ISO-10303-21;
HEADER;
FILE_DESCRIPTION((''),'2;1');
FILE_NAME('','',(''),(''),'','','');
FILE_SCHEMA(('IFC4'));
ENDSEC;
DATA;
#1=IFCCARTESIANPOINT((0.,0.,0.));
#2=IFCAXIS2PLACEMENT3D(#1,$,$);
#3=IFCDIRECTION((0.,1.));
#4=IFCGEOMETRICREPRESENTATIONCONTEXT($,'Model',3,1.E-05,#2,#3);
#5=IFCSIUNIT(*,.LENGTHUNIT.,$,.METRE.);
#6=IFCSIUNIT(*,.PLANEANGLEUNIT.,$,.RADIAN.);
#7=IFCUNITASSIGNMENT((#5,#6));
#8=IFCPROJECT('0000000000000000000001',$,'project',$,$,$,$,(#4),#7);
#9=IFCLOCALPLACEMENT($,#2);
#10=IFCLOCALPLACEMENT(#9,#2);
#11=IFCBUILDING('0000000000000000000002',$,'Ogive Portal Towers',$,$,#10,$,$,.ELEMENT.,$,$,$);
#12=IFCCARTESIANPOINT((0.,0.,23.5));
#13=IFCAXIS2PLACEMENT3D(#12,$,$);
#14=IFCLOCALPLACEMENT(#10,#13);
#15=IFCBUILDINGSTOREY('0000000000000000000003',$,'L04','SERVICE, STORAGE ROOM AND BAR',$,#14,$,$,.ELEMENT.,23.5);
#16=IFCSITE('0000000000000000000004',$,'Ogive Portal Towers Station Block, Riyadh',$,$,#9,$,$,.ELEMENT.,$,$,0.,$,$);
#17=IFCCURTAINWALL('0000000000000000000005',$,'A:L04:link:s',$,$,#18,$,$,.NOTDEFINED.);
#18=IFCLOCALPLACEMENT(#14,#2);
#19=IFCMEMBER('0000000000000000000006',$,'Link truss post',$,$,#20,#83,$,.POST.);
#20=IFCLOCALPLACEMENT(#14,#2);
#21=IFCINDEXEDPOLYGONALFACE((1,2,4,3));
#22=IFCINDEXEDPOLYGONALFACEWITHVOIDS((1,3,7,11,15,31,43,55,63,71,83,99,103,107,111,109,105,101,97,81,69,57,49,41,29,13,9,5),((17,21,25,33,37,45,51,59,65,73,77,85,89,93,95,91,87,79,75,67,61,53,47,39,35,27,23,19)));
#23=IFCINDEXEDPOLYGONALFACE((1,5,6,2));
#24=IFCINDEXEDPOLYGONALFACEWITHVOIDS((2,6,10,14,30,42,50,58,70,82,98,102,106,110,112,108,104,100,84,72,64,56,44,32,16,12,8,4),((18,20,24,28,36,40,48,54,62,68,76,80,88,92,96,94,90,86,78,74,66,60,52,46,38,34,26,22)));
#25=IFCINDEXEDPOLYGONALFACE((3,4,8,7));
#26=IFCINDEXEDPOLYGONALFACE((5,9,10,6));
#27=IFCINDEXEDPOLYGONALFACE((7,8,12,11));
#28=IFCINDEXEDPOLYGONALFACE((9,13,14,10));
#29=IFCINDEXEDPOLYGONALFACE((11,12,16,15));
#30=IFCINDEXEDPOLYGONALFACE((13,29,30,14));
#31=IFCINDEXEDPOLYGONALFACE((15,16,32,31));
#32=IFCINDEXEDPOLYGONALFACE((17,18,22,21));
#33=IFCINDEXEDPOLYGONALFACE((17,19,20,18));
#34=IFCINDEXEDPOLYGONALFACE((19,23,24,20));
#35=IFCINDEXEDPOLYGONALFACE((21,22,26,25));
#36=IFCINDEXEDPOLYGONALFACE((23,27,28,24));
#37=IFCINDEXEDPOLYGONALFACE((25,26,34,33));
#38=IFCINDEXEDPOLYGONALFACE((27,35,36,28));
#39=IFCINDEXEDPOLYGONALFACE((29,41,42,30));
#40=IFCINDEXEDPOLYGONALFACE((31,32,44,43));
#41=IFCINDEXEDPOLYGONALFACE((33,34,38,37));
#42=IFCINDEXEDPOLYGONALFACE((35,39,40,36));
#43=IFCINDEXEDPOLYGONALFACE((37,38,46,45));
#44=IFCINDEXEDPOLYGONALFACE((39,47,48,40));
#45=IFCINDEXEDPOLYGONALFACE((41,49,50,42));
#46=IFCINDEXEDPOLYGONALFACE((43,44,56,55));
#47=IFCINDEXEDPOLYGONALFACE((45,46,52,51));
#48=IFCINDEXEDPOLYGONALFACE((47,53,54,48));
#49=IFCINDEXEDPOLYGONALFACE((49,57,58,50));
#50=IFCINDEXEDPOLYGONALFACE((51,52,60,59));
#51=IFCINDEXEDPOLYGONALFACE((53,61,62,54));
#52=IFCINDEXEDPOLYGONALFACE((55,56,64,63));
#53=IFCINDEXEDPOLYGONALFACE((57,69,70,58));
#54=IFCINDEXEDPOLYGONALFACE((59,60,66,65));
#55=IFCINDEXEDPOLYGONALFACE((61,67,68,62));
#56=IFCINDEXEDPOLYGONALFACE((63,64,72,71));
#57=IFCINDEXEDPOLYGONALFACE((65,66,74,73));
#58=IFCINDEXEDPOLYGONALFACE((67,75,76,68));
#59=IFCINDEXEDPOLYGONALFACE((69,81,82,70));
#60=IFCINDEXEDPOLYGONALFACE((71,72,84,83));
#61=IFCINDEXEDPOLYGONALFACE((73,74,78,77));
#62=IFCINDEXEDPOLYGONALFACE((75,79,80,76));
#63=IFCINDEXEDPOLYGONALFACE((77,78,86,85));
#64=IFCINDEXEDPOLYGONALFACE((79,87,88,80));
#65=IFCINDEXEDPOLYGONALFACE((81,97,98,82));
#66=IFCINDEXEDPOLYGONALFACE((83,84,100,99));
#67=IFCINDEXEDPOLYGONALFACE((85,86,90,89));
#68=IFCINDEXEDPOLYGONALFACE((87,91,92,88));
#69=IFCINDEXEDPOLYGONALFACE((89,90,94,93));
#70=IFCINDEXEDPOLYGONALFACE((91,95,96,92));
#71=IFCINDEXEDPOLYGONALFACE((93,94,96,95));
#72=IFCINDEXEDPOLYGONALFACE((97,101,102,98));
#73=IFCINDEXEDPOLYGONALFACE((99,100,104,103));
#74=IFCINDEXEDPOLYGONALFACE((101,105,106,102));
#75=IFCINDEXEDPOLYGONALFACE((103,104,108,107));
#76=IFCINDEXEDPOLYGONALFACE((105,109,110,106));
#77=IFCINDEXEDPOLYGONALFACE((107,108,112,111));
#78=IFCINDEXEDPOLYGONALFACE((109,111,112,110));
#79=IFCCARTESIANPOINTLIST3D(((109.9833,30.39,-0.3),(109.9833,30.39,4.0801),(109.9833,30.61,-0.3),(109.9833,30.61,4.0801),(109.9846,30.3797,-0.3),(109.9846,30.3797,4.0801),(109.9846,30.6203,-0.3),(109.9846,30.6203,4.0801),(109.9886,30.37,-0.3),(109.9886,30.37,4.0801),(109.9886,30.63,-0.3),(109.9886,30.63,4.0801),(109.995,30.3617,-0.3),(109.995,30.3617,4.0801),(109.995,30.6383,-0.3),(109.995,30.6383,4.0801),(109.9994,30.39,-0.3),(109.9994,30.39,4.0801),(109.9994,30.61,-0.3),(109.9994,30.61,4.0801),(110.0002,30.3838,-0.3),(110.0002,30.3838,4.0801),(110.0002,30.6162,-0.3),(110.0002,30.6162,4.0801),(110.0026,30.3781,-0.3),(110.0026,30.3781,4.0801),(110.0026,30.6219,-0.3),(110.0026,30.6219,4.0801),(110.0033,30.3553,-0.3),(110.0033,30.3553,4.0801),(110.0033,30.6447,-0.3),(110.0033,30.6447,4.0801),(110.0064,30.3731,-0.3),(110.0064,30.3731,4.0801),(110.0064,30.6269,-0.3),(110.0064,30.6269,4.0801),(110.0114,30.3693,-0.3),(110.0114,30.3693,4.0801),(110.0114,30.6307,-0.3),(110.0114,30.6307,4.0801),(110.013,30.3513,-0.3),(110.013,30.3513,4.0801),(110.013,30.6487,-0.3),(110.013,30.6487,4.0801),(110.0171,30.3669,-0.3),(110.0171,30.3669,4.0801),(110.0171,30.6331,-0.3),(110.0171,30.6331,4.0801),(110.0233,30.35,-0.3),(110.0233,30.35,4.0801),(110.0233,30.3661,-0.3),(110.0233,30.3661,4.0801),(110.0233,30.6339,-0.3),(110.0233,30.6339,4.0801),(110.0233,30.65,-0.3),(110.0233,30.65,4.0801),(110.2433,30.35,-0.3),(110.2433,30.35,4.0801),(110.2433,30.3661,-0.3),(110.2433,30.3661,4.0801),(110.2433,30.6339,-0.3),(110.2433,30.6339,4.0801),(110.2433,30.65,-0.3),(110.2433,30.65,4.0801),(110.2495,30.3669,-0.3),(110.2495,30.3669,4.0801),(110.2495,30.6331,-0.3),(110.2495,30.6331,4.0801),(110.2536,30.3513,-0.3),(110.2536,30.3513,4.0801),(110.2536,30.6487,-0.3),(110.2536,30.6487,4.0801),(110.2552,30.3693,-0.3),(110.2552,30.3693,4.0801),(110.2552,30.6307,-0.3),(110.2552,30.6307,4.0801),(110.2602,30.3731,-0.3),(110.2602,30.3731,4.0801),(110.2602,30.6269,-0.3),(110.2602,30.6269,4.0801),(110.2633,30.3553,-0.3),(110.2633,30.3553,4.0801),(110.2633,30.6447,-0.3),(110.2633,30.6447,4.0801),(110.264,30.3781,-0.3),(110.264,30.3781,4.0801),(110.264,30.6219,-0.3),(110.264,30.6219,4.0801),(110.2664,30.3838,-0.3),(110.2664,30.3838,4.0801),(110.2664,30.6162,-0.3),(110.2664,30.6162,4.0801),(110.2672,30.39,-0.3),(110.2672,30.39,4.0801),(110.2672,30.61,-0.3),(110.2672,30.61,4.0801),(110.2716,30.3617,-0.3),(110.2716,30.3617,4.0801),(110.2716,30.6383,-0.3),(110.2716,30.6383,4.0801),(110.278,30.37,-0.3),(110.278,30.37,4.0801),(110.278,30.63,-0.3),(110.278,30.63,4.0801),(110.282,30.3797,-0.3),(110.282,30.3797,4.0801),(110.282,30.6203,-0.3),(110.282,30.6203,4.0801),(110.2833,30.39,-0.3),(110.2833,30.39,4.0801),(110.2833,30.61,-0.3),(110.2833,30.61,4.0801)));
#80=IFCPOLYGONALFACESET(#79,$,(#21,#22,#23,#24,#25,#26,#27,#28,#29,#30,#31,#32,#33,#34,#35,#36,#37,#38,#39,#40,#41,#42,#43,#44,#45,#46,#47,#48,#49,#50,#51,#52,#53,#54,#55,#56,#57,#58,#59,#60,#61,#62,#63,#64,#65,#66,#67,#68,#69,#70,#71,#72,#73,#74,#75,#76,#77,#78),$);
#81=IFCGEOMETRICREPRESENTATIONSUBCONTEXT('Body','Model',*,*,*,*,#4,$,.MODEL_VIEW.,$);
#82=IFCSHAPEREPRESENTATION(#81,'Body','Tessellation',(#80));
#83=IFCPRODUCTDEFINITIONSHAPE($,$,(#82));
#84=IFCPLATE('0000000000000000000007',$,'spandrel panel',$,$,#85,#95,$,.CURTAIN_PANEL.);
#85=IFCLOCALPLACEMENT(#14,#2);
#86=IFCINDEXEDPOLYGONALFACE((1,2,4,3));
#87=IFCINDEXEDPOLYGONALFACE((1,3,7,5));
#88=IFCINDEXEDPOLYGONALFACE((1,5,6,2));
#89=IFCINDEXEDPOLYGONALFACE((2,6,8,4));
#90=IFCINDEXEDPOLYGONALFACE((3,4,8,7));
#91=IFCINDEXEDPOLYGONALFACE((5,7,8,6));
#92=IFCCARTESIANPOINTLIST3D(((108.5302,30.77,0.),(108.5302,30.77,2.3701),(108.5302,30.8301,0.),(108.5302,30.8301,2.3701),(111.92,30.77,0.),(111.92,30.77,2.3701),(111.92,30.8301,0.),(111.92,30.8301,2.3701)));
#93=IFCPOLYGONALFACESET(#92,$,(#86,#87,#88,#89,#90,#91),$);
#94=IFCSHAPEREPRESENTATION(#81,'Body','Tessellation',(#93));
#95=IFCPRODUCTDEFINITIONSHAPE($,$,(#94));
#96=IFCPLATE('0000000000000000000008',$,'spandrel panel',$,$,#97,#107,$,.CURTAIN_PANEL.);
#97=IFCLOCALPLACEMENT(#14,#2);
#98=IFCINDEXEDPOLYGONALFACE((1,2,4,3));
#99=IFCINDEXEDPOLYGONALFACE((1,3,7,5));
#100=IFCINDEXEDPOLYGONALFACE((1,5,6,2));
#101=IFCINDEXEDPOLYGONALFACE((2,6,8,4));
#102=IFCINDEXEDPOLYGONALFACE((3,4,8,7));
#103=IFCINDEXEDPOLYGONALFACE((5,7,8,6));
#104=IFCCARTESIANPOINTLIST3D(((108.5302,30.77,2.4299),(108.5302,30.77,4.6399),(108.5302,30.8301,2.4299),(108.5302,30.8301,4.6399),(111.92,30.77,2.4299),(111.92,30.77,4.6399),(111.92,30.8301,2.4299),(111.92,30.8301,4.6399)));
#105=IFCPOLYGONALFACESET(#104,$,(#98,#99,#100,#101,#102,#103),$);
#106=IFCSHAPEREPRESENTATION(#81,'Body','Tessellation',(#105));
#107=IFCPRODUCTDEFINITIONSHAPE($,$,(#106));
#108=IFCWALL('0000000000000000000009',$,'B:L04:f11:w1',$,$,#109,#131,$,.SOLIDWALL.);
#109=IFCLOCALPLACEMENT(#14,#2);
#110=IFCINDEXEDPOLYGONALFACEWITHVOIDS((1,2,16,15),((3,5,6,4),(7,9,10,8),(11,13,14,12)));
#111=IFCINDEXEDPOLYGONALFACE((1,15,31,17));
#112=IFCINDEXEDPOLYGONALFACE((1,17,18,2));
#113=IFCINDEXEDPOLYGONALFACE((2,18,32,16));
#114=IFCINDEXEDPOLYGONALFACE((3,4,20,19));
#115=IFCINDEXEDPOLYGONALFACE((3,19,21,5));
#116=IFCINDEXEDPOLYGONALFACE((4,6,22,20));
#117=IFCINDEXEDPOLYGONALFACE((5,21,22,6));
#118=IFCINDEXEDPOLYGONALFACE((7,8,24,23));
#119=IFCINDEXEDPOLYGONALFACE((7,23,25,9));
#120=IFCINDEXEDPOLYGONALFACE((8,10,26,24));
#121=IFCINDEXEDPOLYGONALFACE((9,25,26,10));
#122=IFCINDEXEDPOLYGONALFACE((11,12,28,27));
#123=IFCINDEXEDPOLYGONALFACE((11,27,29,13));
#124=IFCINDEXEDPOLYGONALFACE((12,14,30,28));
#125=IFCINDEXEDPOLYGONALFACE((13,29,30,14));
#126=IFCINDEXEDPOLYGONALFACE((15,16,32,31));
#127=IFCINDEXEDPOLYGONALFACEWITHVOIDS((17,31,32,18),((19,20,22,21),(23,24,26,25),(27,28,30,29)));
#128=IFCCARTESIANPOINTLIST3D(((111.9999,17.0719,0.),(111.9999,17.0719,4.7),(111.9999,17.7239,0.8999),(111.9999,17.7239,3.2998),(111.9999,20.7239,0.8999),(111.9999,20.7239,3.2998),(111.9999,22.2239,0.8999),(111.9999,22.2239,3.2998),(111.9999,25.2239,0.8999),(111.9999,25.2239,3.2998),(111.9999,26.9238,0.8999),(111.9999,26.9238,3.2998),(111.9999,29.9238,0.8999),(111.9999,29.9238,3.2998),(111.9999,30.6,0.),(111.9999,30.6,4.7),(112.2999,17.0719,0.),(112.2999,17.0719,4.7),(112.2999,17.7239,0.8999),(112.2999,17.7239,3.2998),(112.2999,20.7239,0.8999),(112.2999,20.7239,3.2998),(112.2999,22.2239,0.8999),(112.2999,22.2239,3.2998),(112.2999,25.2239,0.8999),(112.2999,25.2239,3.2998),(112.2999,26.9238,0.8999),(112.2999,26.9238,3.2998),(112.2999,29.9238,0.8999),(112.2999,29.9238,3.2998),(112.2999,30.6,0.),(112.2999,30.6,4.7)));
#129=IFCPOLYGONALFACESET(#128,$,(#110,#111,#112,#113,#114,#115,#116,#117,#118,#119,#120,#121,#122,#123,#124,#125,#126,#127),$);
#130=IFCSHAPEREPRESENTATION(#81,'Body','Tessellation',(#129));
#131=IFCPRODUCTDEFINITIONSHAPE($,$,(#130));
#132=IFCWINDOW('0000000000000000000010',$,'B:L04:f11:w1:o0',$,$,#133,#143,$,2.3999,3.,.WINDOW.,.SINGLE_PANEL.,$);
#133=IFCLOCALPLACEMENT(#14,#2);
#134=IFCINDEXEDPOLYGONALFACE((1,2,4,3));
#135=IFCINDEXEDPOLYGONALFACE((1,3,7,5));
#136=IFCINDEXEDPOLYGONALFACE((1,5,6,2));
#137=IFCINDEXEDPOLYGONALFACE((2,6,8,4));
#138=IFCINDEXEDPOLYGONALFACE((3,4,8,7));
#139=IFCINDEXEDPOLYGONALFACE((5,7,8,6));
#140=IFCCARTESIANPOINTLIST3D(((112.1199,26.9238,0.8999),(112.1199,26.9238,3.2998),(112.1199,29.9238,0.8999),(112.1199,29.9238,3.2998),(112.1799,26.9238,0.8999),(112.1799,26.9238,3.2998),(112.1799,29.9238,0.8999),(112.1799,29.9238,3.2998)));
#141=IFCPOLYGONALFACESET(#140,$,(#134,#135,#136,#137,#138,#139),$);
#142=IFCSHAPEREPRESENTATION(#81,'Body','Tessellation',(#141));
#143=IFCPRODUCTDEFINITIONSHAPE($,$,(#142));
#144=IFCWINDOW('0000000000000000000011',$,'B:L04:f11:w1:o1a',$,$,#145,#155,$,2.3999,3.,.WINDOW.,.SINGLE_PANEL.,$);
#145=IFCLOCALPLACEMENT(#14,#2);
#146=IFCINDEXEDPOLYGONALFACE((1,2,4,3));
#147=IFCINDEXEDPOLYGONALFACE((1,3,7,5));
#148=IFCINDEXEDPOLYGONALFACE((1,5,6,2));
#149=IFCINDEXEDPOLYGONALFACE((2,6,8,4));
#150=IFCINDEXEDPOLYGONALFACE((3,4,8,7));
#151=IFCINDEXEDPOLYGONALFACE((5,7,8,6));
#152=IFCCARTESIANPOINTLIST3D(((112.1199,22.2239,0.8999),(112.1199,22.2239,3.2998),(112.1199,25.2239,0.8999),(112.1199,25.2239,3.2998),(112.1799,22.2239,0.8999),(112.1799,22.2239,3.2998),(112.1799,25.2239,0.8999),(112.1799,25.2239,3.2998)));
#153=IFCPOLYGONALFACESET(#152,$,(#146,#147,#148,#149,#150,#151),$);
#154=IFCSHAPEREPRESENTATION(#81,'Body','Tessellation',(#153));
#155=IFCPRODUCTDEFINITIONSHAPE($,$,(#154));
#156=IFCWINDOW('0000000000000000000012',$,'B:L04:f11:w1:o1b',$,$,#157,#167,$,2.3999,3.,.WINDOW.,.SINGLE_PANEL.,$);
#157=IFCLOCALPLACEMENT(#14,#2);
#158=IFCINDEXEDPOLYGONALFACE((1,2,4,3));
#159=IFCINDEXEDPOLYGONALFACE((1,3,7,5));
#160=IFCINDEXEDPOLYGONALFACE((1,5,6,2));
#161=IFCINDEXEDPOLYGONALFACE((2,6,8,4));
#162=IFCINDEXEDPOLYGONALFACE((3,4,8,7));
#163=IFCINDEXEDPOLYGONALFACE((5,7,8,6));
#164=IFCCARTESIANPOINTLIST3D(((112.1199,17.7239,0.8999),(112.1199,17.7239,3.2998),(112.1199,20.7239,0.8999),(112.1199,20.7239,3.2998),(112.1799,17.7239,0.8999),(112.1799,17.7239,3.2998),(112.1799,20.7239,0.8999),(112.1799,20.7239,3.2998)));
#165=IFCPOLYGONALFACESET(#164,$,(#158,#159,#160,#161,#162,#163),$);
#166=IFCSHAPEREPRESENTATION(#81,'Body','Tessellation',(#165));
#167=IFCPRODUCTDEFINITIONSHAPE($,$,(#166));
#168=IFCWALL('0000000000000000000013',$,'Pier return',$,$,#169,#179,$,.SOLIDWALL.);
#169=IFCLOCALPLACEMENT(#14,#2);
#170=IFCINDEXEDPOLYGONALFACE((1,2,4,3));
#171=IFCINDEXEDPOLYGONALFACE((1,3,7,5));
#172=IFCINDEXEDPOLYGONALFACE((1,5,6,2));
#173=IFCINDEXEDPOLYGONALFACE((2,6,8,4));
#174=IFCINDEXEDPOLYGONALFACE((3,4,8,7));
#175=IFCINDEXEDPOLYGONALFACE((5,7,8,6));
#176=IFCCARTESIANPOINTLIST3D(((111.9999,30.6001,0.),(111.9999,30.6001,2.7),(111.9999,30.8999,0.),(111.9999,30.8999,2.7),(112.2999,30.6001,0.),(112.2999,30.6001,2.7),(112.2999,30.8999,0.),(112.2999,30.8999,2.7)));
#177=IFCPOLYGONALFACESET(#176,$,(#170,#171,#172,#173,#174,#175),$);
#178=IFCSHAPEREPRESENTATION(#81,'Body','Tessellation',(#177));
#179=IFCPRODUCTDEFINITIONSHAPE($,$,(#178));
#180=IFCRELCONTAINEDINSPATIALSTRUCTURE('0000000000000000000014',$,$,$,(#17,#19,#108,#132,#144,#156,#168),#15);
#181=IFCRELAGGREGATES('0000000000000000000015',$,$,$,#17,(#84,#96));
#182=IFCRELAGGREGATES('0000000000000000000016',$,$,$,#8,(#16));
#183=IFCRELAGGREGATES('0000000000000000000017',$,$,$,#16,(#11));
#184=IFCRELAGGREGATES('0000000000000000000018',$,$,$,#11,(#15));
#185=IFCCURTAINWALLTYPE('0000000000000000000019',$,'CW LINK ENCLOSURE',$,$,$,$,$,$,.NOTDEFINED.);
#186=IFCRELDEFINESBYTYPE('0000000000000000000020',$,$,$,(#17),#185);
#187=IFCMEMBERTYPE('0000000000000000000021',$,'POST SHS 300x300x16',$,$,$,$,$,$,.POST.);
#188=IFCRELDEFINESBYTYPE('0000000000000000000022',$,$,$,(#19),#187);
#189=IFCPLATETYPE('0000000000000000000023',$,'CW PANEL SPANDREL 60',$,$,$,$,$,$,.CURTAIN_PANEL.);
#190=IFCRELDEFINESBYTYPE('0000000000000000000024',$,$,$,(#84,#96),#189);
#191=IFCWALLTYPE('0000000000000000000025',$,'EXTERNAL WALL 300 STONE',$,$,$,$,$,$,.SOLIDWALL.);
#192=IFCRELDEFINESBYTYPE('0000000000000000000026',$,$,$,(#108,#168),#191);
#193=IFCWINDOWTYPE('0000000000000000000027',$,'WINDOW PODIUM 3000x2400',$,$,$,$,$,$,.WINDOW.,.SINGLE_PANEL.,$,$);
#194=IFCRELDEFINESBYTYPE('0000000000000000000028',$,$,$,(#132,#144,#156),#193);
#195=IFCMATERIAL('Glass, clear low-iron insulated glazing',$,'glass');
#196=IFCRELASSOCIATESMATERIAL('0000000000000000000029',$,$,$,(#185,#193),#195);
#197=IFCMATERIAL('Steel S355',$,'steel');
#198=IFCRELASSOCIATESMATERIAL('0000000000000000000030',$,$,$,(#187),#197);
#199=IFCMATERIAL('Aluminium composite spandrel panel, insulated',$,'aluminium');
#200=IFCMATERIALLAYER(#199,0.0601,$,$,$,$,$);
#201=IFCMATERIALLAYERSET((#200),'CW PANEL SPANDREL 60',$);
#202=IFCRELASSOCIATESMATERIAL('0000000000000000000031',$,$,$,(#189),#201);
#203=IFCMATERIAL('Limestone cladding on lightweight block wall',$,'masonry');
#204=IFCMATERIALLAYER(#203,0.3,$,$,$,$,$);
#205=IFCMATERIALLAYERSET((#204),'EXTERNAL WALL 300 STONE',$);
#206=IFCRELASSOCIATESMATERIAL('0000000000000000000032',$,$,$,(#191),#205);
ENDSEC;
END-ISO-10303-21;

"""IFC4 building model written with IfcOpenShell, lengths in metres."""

from ifc_helpers import new_model, si_unit, direction, frame, frame_2d, origin, origin_2d, place, context, subcontext, project, spatial, rectangle, hollow_rectangle, extrude, material, layer, layer_set, material_profile, profile_set, type_object, element, fill, aggregate, save


model = new_model("IFC4")

# Units and contexts
model_context = context("Model", 3, precision=1e-05, world=origin(), true_north=direction((0.0, 1.0)))
body_context = subcontext(model_context, "Body", "Model", "MODEL_VIEW")
ifc_project = project(units=[si_unit("LENGTHUNIT", "METRE"), si_unit("PLANEANGLEUNIT", "RADIAN")], contexts=[model_context])

# Site, building, storey
site_placement = place(None, origin())
site = spatial("IfcSite", under=ifc_project, at=site_placement, Name="Ogive Portal Towers Station Block, Riyadh", CompositionType="ELEMENT", RefElevation=0.0)
building_placement = place(site_placement, origin())
building = spatial("IfcBuilding", under=site, at=building_placement, Name="Ogive Portal Towers", CompositionType="ELEMENT")
storey_placement = place(building_placement, frame((0.0, 0.0, 23.5)))
storey = spatial("IfcBuildingStorey", under=building, at=storey_placement, Name="L04", Description="SERVICE, STORAGE ROOM AND BAR", CompositionType="ELEMENT", Elevation=23.5)

# Shared definitions
ifc_material_1 = material(Name="Steel S355", Category="steel")

# Curtain wall
ifc_material_2 = material(Name="Glass, clear low-iron insulated glazing", Category="glass")
curtain_wall_type = type_object("IfcCurtainWallType", Name="CW LINK ENCLOSURE", PredefinedType="NOTDEFINED", material=ifc_material_2)
curtain_wall_placement = place(storey_placement, origin())
curtain_wall = element("IfcCurtainWall", 1, at=curtain_wall_placement, inside=storey, type_object=curtain_wall_type, Name="A:L04:link:s", PredefinedType="NOTDEFINED")

# Member
ifc_material_profile_1 = material_profile(ifc_material_1, hollow_rectangle(XDim=0.3, YDim=0.3, WallThickness=0.0161, InnerFilletRadius=0.0239, OuterFilletRadius=0.04, at=origin_2d()), Name="SHS 300x300x16")
ifc_profile_set_1 = profile_set([ifc_material_profile_1], Name="Steel S355")
member_type_1 = type_object("IfcMemberType", Name="POST SHS 300x300x16", PredefinedType="POST", material=ifc_profile_set_1)
member_1_placement = place(storey_placement, frame((110.1333, 30.5, -0.3), z_axis=(0.0, 0.0, 1.0), x_axis=(1.0, 0.0, 0.0)))
element("IfcMember", 2, at=member_1_placement, inside=storey, type_object=member_type_1, Name="Link truss post", PredefinedType="POST", context=body_context, shape_type="SweptSolid", body=[
    extrude(hollow_rectangle(XDim=0.3, YDim=0.3, WallThickness=0.0161, InnerFilletRadius=0.0239, OuterFilletRadius=0.04, at=origin_2d()), origin(), (0.0, 0.0, 1.0), 4.3801),
])

# Plates
ifc_material_3 = material(Name="Aluminium composite spandrel panel, insulated", Category="aluminium")
ifc_layer_1 = layer(ifc_material_3, 0.0601)
ifc_layer_set_1 = layer_set([ifc_layer_1], Name="CW PANEL SPANDREL 60")
plate_type = type_object("IfcPlateType", Name="CW PANEL SPANDREL 60", PredefinedType="CURTAIN_PANEL", material=ifc_layer_set_1)
plate_1_placement = place(storey_placement, frame((110.2251, 30.8, 0.0), z_axis=(0.0, 0.0, 1.0), x_axis=(1.0, 0.0, 0.0)))
plate_1 = element("IfcPlate", 3, at=plate_1_placement, type_object=plate_type, Name="spandrel panel", PredefinedType="CURTAIN_PANEL", context=body_context, shape_type="SweptSolid", body=[
    extrude(rectangle(XDim=3.3899, YDim=0.0601, at=origin_2d()), origin(), (0.0, 0.0, 1.0), 2.3701),
])
plate_2_placement = place(storey_placement, frame((110.2251, 30.8, 2.4299), z_axis=(0.0, 0.0, 1.0), x_axis=(1.0, 0.0, 0.0)))
plate_2 = element("IfcPlate", 4, at=plate_2_placement, type_object=plate_type, Name="spandrel panel", PredefinedType="CURTAIN_PANEL", context=body_context, shape_type="SweptSolid", body=[
    extrude(rectangle(XDim=3.3899, YDim=0.0601, at=origin_2d()), origin(), (0.0, 0.0, 1.0), 2.21),
])
aggregate(curtain_wall, [plate_1, plate_2])

# Wall, openings, windows
ifc_material_4 = material(Name="Limestone cladding on lightweight block wall", Category="masonry")
ifc_layer_2 = layer(ifc_material_4, 0.3)
ifc_layer_set_2 = layer_set([ifc_layer_2], Name="EXTERNAL WALL 300 STONE")
wall_type_1 = type_object("IfcWallType", Name="EXTERNAL WALL 300 STONE", PredefinedType="SOLIDWALL", material=ifc_layer_set_2)
wall_1_placement = place(storey_placement, frame((112.1499, 30.6001, 0.0), z_axis=(0.0, 0.0, 1.0), x_axis=(0.0, -1.0, 0.0)))
wall_1 = element("IfcWall", 5, at=wall_1_placement, inside=storey, type_object=wall_type_1, Name="B:L04:f11:w1", PredefinedType="SOLIDWALL", context=body_context, shape_type="SweptSolid", body=[
    extrude(rectangle(XDim=13.5281, YDim=0.3, at=frame_2d((6.7642, 0.0))), origin(), (0.0, 0.0, 1.0), 4.7),
])
opening_1_placement = place(wall_1_placement, frame((0.6763, 0.0, 0.8999)))
opening_1 = element("IfcOpeningElement", 6, at=opening_1_placement, cuts=wall_1, PredefinedType="OPENING", context=body_context, shape_type="SweptSolid", body=[
    extrude(rectangle(XDim=3.0, YDim=2.3999, at=frame_2d((1.5, 1.2))), frame((0.0, 0.1602, 0.0), z_axis=(0.0, -1.0, 0.0), x_axis=(1.0, 0.0, 0.0)), (0.0, 0.0, 1.0), 0.3201),
])
opening_2_placement = place(wall_1_placement, frame((5.3762, 0.0, 0.8999)))
opening_2 = element("IfcOpeningElement", 7, at=opening_2_placement, cuts=wall_1, PredefinedType="OPENING", context=body_context, shape_type="SweptSolid", body=[
    extrude(rectangle(XDim=3.0, YDim=2.3999, at=frame_2d((1.5, 1.2))), frame((0.0, 0.1602, 0.0), z_axis=(0.0, -1.0, 0.0), x_axis=(1.0, 0.0, 0.0)), (0.0, 0.0, 1.0), 0.3201),
])
opening_3_placement = place(wall_1_placement, frame((9.8762, 0.0, 0.8999)))
opening_3 = element("IfcOpeningElement", 8, at=opening_3_placement, cuts=wall_1, PredefinedType="OPENING", context=body_context, shape_type="SweptSolid", body=[
    extrude(rectangle(XDim=3.0, YDim=2.3999, at=frame_2d((1.5, 1.2))), frame((0.0, 0.1602, 0.0), z_axis=(0.0, -1.0, 0.0), x_axis=(1.0, 0.0, 0.0)), (0.0, 0.0, 1.0), 0.3201),
])
window_type = type_object("IfcWindowType", Name="WINDOW PODIUM 3000x2400", PartitioningType="SINGLE_PANEL", PredefinedType="WINDOW", material=ifc_material_2)
window_1_placement = place(opening_1_placement, origin())
window_1 = element("IfcWindow", 9, at=window_1_placement, inside=storey, type_object=window_type, Name="B:L04:f11:w1:o0", OverallHeight=2.3999, OverallWidth=3.0, PartitioningType="SINGLE_PANEL", PredefinedType="WINDOW", context=body_context, shape_type="SweptSolid", body=[
    extrude(rectangle(XDim=3.0, YDim=2.3999, at=frame_2d((1.5, 1.2))), frame((0.0, 0.03, 0.0), z_axis=(0.0, -1.0, 0.0), x_axis=(1.0, 0.0, 0.0)), (0.0, 0.0, 1.0), 0.0601),
])
fill(opening_1, window_1)
window_2_placement = place(opening_2_placement, origin())
window_2 = element("IfcWindow", 10, at=window_2_placement, inside=storey, type_object=window_type, Name="B:L04:f11:w1:o1a", OverallHeight=2.3999, OverallWidth=3.0, PartitioningType="SINGLE_PANEL", PredefinedType="WINDOW", context=body_context, shape_type="SweptSolid", body=[
    extrude(rectangle(XDim=3.0, YDim=2.3999, at=frame_2d((1.5, 1.2))), frame((0.0, 0.03, 0.0), z_axis=(0.0, -1.0, 0.0), x_axis=(1.0, 0.0, 0.0)), (0.0, 0.0, 1.0), 0.0601),
])
fill(opening_2, window_2)
window_3_placement = place(opening_3_placement, origin())
window_3 = element("IfcWindow", 11, at=window_3_placement, inside=storey, type_object=window_type, Name="B:L04:f11:w1:o1b", OverallHeight=2.3999, OverallWidth=3.0, PartitioningType="SINGLE_PANEL", PredefinedType="WINDOW", context=body_context, shape_type="SweptSolid", body=[
    extrude(rectangle(XDim=3.0, YDim=2.3999, at=frame_2d((1.5, 1.2))), frame((0.0, 0.03, 0.0), z_axis=(0.0, -1.0, 0.0), x_axis=(1.0, 0.0, 0.0)), (0.0, 0.0, 1.0), 0.0601),
])
fill(opening_3, window_3)

# Wall
wall_2_placement = place(storey_placement, frame((112.1499, 30.6001, 0.0), z_axis=(0.0, 0.0, 1.0), x_axis=(0.0, 1.0, 0.0)))
element("IfcWall", 12, at=wall_2_placement, inside=storey, type_object=wall_type_1, Name="Pier return", PredefinedType="SOLIDWALL", context=body_context, shape_type="SweptSolid", body=[
    extrude(rectangle(XDim=0.2998, YDim=0.3, at=frame_2d((0.1499, 0.0))), origin(), (0.0, 0.0, 1.0), 2.7),
])

save(model, "model.ifc")
